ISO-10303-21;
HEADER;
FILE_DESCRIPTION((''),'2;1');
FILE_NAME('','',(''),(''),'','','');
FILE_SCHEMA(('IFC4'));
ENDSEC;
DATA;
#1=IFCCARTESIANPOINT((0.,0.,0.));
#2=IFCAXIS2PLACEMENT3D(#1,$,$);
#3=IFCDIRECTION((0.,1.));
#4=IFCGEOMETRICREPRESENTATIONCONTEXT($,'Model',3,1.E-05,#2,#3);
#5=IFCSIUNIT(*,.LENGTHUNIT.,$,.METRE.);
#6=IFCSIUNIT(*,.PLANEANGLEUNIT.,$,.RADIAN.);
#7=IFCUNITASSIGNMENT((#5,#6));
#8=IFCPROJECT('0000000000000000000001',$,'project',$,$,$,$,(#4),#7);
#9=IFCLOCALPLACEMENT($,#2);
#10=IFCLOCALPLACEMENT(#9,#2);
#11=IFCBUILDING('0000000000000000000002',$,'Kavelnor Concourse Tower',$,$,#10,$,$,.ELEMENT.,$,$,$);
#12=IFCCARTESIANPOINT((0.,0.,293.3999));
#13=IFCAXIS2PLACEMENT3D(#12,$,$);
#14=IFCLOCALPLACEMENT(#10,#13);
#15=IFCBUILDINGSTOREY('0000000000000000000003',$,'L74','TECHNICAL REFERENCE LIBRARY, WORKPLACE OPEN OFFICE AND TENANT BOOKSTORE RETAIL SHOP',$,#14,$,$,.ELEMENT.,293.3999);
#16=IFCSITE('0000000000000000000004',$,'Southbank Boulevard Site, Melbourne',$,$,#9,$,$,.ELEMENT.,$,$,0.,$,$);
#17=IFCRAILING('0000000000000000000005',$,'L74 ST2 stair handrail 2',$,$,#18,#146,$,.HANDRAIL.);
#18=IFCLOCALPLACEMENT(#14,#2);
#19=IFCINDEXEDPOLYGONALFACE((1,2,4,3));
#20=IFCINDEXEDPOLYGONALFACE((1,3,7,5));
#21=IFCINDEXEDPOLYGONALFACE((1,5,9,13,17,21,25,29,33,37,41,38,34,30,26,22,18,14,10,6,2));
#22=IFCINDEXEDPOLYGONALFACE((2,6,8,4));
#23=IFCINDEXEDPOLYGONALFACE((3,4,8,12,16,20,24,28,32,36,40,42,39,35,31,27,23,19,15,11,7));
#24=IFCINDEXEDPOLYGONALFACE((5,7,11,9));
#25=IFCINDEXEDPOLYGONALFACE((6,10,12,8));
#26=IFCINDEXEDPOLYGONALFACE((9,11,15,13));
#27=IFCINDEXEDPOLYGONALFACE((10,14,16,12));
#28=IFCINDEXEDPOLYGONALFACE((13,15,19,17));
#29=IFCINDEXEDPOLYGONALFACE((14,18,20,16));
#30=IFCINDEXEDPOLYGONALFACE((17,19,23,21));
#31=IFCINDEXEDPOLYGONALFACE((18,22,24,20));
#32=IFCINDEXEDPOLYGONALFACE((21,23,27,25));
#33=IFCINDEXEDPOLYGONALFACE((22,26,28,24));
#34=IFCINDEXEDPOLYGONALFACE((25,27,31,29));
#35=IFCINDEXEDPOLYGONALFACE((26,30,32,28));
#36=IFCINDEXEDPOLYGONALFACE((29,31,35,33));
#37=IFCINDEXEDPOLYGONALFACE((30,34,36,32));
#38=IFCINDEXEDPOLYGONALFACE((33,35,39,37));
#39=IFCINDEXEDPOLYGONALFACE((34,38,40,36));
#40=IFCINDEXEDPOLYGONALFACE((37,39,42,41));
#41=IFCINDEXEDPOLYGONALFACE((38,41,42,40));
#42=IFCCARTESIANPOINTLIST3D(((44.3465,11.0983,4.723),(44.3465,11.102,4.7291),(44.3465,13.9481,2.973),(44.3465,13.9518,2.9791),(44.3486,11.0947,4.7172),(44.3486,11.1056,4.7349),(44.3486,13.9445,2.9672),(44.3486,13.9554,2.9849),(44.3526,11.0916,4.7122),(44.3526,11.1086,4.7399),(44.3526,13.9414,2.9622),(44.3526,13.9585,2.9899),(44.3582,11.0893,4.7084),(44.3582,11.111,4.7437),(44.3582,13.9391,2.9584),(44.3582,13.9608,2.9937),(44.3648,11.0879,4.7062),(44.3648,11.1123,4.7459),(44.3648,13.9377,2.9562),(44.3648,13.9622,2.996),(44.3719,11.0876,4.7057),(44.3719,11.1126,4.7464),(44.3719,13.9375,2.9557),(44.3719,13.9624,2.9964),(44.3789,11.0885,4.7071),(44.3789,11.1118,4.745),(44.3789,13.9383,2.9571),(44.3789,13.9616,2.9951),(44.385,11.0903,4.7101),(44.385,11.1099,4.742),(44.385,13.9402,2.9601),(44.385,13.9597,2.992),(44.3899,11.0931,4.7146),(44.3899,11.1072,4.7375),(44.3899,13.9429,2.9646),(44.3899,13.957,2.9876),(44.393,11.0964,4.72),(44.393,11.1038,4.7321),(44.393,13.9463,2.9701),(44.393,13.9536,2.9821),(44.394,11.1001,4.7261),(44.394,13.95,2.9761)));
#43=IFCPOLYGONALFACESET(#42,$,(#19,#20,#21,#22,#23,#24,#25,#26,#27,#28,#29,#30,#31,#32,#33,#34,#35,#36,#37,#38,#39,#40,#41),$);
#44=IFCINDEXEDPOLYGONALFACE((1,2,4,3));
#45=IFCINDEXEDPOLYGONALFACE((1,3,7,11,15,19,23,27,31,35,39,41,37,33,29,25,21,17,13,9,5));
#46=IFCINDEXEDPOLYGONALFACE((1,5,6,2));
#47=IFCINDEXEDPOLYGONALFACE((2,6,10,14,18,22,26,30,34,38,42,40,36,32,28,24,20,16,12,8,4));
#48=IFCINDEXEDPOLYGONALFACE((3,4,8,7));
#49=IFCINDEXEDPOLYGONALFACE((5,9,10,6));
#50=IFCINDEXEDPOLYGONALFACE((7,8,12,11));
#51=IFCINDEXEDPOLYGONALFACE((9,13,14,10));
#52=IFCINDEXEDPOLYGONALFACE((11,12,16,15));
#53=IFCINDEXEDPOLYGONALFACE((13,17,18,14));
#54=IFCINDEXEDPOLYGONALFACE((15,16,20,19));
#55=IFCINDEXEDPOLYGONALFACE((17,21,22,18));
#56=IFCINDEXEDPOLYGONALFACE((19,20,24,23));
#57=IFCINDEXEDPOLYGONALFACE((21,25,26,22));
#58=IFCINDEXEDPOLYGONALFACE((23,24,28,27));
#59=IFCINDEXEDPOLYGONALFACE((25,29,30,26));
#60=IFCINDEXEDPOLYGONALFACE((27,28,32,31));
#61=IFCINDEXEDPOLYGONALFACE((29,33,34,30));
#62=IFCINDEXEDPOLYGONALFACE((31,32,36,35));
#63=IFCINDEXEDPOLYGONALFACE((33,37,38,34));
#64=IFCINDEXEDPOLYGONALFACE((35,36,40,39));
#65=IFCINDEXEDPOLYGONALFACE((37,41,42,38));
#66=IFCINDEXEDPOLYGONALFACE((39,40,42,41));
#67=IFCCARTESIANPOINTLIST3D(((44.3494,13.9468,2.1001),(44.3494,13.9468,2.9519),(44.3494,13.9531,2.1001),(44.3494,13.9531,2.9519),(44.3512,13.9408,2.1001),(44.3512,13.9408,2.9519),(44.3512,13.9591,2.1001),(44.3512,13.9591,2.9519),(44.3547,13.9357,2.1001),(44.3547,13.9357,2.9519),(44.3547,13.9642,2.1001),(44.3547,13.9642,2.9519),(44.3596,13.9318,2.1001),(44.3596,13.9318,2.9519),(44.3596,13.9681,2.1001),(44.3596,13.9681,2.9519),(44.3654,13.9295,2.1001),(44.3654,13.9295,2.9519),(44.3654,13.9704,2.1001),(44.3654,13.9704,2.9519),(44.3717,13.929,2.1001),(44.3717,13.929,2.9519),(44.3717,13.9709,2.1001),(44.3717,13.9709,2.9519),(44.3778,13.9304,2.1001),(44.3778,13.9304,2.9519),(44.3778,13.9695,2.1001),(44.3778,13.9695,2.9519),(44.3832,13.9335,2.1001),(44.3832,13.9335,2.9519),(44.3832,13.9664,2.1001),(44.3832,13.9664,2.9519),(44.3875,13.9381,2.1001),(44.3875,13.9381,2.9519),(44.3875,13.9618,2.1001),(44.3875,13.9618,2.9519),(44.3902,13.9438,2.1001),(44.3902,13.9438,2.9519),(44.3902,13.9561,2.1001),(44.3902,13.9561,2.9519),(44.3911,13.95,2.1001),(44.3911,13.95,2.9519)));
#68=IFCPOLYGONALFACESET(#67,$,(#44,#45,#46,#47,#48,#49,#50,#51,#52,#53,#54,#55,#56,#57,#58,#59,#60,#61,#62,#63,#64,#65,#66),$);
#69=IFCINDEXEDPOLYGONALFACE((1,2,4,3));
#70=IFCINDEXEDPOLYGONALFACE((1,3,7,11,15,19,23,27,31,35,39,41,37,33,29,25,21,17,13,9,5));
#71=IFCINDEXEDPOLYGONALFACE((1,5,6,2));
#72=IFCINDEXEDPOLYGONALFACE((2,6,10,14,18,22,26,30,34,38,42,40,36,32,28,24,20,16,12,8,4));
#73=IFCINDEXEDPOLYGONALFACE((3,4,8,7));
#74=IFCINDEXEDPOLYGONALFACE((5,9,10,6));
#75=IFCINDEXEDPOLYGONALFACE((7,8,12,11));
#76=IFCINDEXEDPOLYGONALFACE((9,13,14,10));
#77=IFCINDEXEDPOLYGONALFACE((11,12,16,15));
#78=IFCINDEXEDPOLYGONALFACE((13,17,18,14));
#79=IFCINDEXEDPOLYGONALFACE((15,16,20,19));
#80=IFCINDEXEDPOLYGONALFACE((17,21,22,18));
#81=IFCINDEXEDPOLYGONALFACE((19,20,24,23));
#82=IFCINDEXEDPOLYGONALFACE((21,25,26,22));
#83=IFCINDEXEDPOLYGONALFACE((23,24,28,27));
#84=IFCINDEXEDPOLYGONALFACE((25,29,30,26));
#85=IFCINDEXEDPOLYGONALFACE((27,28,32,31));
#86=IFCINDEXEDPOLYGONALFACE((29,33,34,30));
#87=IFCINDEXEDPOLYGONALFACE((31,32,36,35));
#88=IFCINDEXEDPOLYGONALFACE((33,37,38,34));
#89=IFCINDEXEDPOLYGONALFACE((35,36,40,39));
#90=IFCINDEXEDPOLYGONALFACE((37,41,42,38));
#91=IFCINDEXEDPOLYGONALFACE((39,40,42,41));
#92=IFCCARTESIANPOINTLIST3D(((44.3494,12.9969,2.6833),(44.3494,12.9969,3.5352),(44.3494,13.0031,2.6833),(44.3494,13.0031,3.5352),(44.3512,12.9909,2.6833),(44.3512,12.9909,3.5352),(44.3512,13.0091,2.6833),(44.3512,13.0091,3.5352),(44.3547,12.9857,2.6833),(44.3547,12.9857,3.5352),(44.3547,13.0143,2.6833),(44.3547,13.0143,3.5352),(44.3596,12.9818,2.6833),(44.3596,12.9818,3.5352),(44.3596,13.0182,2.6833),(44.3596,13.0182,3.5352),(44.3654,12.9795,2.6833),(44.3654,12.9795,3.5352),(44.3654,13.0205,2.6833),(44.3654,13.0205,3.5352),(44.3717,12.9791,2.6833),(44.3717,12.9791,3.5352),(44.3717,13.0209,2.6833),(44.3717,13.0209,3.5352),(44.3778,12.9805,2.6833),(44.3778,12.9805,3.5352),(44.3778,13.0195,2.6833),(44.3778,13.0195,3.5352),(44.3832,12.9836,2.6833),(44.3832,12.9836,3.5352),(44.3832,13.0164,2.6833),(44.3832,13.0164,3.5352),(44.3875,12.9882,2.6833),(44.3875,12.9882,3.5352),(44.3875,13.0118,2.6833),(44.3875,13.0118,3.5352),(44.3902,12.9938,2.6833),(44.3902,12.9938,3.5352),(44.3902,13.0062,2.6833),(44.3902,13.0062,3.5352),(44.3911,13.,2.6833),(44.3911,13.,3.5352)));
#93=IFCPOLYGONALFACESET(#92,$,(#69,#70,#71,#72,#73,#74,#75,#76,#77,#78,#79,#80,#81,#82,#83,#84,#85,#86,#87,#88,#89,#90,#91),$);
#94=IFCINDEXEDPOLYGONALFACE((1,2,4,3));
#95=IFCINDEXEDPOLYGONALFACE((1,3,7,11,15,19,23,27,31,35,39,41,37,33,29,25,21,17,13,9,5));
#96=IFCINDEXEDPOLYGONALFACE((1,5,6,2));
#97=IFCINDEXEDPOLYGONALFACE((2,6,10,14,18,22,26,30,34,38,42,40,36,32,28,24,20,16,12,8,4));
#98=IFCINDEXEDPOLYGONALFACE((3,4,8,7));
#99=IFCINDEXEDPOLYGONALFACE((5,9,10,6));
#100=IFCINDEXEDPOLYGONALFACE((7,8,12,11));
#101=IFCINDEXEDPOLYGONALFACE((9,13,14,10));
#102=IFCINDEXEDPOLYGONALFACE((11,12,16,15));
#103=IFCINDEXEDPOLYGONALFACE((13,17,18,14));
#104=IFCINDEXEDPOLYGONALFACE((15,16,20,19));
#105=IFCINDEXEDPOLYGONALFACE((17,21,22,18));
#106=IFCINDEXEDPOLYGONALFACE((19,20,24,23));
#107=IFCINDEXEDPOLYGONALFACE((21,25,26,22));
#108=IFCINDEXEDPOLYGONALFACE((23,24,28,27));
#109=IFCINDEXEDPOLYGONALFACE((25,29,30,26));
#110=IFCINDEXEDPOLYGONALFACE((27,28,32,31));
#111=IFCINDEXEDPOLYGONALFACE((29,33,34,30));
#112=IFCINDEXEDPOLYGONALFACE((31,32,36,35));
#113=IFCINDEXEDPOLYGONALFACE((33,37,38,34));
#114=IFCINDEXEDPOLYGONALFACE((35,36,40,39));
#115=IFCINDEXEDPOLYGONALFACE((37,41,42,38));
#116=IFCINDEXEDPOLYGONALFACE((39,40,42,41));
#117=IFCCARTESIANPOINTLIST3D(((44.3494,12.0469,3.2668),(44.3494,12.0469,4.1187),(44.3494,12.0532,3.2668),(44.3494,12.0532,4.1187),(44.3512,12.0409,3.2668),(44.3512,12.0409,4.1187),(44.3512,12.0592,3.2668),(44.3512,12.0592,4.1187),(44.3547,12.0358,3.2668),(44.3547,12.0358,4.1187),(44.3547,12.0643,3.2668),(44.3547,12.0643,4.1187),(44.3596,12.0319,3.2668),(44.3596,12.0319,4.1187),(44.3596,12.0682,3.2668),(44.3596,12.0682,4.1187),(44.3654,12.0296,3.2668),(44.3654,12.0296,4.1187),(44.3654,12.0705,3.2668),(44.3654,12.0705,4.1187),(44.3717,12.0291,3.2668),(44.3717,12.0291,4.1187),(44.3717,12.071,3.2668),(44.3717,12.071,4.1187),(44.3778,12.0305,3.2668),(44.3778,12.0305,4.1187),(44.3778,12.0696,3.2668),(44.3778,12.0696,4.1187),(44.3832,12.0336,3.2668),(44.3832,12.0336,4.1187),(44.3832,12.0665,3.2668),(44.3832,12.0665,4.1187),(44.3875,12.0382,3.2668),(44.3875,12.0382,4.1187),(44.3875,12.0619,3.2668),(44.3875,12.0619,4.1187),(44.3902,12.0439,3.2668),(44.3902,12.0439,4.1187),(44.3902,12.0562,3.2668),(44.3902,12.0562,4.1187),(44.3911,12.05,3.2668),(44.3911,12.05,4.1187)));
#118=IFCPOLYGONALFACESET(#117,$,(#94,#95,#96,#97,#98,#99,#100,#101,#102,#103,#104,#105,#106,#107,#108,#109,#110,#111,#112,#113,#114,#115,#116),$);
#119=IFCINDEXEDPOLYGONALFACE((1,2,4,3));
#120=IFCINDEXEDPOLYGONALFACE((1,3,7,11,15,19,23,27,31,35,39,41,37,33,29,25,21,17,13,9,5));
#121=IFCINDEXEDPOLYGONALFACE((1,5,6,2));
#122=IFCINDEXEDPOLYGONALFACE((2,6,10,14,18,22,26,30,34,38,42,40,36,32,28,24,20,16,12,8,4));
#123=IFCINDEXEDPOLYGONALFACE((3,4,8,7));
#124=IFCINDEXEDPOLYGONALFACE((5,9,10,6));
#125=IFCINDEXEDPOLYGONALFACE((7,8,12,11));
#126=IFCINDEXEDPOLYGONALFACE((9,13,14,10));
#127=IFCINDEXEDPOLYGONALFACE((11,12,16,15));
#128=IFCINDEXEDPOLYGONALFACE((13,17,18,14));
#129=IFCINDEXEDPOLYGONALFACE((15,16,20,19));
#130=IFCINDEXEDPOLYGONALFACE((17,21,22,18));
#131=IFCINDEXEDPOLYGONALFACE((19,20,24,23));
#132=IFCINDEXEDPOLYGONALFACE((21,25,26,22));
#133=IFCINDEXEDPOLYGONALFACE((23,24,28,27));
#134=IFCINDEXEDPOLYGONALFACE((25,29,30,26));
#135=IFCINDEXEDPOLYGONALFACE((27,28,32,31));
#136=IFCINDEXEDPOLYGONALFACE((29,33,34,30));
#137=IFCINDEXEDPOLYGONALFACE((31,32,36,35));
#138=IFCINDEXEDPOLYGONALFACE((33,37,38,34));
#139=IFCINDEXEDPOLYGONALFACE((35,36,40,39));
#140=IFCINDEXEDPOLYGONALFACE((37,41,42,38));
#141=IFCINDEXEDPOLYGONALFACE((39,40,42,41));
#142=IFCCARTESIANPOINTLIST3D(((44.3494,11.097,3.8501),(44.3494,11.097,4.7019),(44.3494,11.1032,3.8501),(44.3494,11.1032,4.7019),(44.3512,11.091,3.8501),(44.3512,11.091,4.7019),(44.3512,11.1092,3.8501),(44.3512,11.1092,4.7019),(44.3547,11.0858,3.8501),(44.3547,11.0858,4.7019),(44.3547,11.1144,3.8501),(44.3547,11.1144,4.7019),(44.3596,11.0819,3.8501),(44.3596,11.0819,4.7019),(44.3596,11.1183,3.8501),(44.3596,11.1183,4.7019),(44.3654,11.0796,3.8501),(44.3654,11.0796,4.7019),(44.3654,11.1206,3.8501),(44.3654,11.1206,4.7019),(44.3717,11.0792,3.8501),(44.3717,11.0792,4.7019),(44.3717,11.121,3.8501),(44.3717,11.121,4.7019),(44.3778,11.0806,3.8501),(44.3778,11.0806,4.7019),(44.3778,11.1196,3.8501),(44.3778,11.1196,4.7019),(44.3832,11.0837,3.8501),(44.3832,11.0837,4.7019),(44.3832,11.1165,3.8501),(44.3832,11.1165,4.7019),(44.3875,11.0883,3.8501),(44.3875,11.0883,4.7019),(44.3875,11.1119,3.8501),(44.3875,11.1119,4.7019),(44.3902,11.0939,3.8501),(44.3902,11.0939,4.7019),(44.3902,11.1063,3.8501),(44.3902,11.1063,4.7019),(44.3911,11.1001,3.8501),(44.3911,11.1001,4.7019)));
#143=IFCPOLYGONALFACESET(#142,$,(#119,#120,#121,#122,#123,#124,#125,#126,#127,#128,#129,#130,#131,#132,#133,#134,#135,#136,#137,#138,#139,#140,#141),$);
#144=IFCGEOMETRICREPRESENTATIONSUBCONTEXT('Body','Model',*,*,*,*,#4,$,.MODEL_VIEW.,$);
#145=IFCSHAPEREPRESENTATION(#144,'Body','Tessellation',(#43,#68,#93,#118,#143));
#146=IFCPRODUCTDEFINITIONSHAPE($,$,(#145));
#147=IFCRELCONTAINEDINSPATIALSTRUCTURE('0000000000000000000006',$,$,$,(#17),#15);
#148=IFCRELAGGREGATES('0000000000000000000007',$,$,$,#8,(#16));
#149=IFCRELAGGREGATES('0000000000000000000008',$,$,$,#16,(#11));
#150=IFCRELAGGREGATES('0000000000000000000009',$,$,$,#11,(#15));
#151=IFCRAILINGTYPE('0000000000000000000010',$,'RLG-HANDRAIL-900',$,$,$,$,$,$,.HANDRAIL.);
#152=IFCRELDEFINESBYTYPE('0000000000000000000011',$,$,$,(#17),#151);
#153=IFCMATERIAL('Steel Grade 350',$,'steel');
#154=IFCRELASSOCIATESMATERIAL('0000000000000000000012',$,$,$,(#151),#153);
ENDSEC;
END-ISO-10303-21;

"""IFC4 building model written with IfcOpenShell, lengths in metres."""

from ifc_helpers import new_model, si_unit, direction, frame, origin, origin_2d, place, context, subcontext, project, spatial, circle, extrude, material, type_object, element, save


model = new_model("IFC4")

# Units and contexts
model_context = context("Model", 3, precision=1e-05, world=origin(), true_north=direction((0.0, 1.0)))
body_context = subcontext(model_context, "Body", "Model", "MODEL_VIEW")
ifc_project = project(units=[si_unit("LENGTHUNIT", "METRE"), si_unit("PLANEANGLEUNIT", "RADIAN")], contexts=[model_context])

# Site, building, storey
site_placement = place(None, origin())
site = spatial("IfcSite", under=ifc_project, at=site_placement, Name="Southbank Boulevard Site, Melbourne", CompositionType="ELEMENT", RefElevation=0.0)
building_placement = place(site_placement, origin())
building = spatial("IfcBuilding", under=site, at=building_placement, Name="Kavelnor Concourse Tower", CompositionType="ELEMENT")
storey_placement = place(building_placement, frame((0.0, 0.0, 293.3999)))
storey = spatial("IfcBuildingStorey", under=building, at=storey_placement, Name="L74", Description="TECHNICAL REFERENCE LIBRARY, WORKPLACE OPEN OFFICE AND TENANT BOOKSTORE RETAIL SHOP", CompositionType="ELEMENT", Elevation=293.3999)

# Shared definitions
ifc_material_1 = material(Name="Steel Grade 350", Category="steel")

# Railing
railing_type_1 = type_object("IfcRailingType", Name="RLG-HANDRAIL-900", PredefinedType="HANDRAIL", material=ifc_material_1)
railing_1_placement = place(storey_placement, frame((44.3701, 13.95, 2.1001)))
element("IfcRailing", 1, at=railing_1_placement, inside=storey, type_object=railing_type_1, Name="L74 ST2 stair handrail 2", PredefinedType="HANDRAIL", context=body_context, shape_type="SweptSolid", body=[
    extrude(circle(Radius=0.0239, at=origin_2d()), frame((0.0, 0.0, 0.876), z_axis=(0.0, -0.852159, 0.523283), x_axis=(1.0, 0.0, 0.0)), (0.0, 0.0, 1.0), 3.3442),
    extrude(circle(Radius=0.021, at=origin_2d()), origin(), (0.0, 0.0, 1.0), 0.8518),
    extrude(circle(Radius=0.021, at=origin_2d()), frame((0.0, -0.95, 0.5833)), (0.0, 0.0, 1.0), 0.8518),
    extrude(circle(Radius=0.021, at=origin_2d()), frame((0.0, -1.8999, 1.1667)), (0.0, 0.0, 1.0), 0.8518),
    extrude(circle(Radius=0.021, at=origin_2d()), frame((0.0, -2.8499, 1.75)), (0.0, 0.0, 1.0), 0.8518),
])

save(model, "model.ifc")
